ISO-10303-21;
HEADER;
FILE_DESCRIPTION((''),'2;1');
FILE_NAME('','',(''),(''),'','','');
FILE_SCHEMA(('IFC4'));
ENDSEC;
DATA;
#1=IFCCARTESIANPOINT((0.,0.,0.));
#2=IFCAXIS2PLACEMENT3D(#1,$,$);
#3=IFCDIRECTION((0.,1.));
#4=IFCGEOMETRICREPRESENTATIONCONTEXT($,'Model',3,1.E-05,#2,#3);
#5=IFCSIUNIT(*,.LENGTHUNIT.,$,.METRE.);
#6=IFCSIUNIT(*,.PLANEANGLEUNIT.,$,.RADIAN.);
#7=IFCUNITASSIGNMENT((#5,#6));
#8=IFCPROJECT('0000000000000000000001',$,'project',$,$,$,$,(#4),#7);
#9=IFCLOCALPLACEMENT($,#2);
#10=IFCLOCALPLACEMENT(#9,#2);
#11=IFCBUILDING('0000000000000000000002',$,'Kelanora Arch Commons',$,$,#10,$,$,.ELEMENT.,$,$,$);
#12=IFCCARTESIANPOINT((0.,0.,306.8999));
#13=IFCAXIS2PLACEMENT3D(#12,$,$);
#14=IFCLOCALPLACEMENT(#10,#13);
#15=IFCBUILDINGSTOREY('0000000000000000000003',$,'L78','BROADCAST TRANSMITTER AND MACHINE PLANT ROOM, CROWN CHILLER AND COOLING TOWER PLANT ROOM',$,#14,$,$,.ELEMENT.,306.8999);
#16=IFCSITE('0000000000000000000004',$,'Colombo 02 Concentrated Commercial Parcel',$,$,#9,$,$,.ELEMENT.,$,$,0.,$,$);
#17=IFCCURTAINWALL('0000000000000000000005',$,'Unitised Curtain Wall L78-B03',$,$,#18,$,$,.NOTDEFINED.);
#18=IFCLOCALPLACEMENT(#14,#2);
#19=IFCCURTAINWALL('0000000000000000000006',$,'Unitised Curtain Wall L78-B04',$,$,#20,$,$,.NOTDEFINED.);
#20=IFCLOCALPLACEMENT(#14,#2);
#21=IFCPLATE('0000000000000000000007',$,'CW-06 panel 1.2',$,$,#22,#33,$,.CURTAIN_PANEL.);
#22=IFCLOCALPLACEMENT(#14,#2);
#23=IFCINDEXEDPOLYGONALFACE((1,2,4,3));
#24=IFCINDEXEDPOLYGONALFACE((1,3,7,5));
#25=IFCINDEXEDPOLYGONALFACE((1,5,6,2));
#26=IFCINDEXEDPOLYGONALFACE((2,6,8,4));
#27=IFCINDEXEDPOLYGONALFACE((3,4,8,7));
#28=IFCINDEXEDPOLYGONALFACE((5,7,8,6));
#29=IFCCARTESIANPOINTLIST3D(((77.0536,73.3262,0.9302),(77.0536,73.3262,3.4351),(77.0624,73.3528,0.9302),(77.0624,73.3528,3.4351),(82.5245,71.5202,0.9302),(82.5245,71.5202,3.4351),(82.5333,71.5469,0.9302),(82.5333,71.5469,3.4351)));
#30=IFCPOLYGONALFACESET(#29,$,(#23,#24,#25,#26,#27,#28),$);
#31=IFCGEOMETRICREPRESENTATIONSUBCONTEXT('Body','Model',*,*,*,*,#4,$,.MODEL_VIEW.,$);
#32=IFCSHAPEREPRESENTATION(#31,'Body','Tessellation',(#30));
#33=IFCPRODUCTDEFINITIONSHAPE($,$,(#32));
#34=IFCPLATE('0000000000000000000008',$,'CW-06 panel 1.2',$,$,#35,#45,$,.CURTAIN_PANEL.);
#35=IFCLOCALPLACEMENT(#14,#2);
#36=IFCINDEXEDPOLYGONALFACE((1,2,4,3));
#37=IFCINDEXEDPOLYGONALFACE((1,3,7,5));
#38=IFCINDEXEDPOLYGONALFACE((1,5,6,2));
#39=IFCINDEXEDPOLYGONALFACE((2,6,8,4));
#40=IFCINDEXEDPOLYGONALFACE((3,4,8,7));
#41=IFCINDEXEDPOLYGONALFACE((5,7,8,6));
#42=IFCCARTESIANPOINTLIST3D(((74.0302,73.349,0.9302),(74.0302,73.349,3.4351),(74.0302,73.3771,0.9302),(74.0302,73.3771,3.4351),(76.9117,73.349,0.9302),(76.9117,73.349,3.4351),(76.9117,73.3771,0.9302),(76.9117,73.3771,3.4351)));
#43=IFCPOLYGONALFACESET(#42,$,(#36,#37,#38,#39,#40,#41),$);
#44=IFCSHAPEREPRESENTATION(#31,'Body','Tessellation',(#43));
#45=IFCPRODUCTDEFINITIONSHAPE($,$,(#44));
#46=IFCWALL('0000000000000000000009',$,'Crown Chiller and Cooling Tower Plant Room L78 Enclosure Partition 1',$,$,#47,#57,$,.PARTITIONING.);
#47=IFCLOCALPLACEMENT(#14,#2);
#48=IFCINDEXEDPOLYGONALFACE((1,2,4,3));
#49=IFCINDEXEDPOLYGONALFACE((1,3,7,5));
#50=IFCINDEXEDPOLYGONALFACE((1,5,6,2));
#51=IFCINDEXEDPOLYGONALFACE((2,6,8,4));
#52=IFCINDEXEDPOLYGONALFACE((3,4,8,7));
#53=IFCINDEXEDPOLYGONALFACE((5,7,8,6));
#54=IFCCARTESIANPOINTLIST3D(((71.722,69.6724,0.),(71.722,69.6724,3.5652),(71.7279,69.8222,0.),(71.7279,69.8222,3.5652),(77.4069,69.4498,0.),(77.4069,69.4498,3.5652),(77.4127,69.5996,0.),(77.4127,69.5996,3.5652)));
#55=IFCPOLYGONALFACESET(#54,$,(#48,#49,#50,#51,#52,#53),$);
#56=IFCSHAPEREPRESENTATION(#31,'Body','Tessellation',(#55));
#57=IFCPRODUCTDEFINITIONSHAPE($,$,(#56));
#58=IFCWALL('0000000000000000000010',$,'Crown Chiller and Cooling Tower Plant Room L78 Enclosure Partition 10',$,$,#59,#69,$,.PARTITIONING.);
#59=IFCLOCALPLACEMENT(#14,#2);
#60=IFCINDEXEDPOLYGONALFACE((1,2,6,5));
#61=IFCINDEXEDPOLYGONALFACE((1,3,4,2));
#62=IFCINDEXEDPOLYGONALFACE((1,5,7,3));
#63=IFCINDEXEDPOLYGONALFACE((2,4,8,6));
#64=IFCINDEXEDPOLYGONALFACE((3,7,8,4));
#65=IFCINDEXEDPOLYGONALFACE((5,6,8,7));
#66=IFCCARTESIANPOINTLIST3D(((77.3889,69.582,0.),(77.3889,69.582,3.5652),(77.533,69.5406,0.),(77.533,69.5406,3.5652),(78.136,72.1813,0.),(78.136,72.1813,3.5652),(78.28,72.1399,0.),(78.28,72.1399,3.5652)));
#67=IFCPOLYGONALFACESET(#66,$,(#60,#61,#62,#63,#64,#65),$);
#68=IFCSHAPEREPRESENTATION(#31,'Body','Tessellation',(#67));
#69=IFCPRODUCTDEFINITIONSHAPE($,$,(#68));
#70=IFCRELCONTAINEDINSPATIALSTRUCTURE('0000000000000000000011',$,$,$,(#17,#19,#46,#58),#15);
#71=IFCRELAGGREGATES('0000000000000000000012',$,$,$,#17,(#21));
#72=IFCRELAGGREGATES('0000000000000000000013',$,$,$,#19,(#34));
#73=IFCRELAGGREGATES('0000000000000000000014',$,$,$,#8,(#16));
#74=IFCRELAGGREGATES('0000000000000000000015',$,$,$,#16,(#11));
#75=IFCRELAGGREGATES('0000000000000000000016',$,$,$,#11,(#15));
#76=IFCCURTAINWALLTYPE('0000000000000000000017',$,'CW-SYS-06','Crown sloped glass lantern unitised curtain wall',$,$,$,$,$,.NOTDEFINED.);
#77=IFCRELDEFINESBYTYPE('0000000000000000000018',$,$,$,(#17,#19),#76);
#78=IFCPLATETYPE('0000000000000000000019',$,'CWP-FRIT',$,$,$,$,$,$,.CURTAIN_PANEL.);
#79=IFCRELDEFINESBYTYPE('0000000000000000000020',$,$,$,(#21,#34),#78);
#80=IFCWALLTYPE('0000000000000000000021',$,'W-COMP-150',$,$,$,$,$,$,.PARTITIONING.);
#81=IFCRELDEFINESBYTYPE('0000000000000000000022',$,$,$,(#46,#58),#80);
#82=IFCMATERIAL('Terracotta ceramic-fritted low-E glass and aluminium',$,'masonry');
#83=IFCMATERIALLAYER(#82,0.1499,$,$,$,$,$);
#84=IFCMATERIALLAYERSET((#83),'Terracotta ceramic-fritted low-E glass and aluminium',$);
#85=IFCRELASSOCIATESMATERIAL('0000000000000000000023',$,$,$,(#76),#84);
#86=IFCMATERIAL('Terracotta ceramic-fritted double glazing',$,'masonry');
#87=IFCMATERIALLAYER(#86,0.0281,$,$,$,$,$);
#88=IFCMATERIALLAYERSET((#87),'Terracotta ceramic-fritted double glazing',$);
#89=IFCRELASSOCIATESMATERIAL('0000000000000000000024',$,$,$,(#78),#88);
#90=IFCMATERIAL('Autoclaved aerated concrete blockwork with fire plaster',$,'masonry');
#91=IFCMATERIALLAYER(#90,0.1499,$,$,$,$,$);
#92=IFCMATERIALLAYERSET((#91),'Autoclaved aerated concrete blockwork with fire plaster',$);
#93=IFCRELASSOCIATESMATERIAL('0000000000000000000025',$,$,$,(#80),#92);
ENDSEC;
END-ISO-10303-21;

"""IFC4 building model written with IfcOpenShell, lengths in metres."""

from ifc_helpers import new_model, si_unit, direction, frame, frame_2d, origin, origin_2d, place, context, subcontext, project, spatial, rectangle, extrude, source, transform, mapped, material, layer, layer_set, type_object, element, aggregate, save


model = new_model("IFC4")

# Units and contexts
model_context = context("Model", 3, precision=1e-05, world=origin(), true_north=direction((0.0, 1.0)))
body_context = subcontext(model_context, "Body", "Model", "MODEL_VIEW")
ifc_project = project(units=[si_unit("LENGTHUNIT", "METRE"), si_unit("PLANEANGLEUNIT", "RADIAN")], contexts=[model_context])

# Site, building, storey
site_placement = place(None, origin())
site = spatial("IfcSite", under=ifc_project, at=site_placement, Name="Colombo 02 Concentrated Commercial Parcel", CompositionType="ELEMENT", RefElevation=0.0)
building_placement = place(site_placement, origin())
building = spatial("IfcBuilding", under=site, at=building_placement, Name="Kelanora Arch Commons", CompositionType="ELEMENT")
storey_placement = place(building_placement, frame((0.0, 0.0, 306.8999)))
storey = spatial("IfcBuildingStorey", under=building, at=storey_placement, Name="L78", Description="BROADCAST TRANSMITTER AND MACHINE PLANT ROOM, CROWN CHILLER AND COOLING TOWER PLANT ROOM", CompositionType="ELEMENT", Elevation=306.8999)

# Curtain wall
ifc_material_1 = material(Name="Terracotta ceramic-fritted low-E glass and aluminium", Category="masonry")
ifc_layer_1 = layer(ifc_material_1, 0.1499)
ifc_layer_set_1 = layer_set([ifc_layer_1], Name="Terracotta ceramic-fritted low-E glass and aluminium")
curtain_wall_type = type_object("IfcCurtainWallType", Name="CW-SYS-06", Description="Crown sloped glass lantern unitised curtain wall", PredefinedType="NOTDEFINED", material=ifc_layer_set_1)
curtain_wall_1_placement = place(storey_placement, origin())
curtain_wall_1 = element("IfcCurtainWall", 1, at=curtain_wall_1_placement, inside=storey, type_object=curtain_wall_type, Name="Unitised Curtain Wall L78-B03", PredefinedType="NOTDEFINED")

# Curtain wall
curtain_wall_2_placement = place(storey_placement, origin())
curtain_wall_2 = element("IfcCurtainWall", 2, at=curtain_wall_2_placement, inside=storey, type_object=curtain_wall_type, Name="Unitised Curtain Wall L78-B04", PredefinedType="NOTDEFINED")

# Plates
ifc_material_2 = material(Name="Terracotta ceramic-fritted double glazing", Category="masonry")
ifc_layer_2 = layer(ifc_material_2, 0.0281)
ifc_layer_set_2 = layer_set([ifc_layer_2], Name="Terracotta ceramic-fritted double glazing")
plate_type = type_object("IfcPlateType", Name="CWP-FRIT", PredefinedType="CURTAIN_PANEL", material=ifc_layer_set_2)
shared_shape_1 = source(origin(), body_context, "Body", "SweptSolid", [
    extrude(rectangle(XDim=5.7612, YDim=0.0281, at=origin_2d()), origin(), (0.0, 0.0, 1.0), 2.5049),
])
plate_1_placement = place(storey_placement, frame((79.7935, 72.4365, 0.9302), z_axis=(0.0, 0.0, 1.0), x_axis=(-0.949599, 0.313467, 0.0)))
plate_1 = element("IfcPlate", 3, at=plate_1_placement, type_object=plate_type, Name="CW-06 panel 1.2", PredefinedType="CURTAIN_PANEL", context=body_context, shape_type="MappedRepresentation", body=[
    mapped(shared_shape_1, transform((0.0, 0.0, 0.0), scale=1.0)),
])
aggregate(curtain_wall_1, [plate_1])
shared_shape_2 = source(origin(), body_context, "Body", "SweptSolid", [
    extrude(rectangle(XDim=2.8816, YDim=0.0281, at=origin_2d()), origin(), (0.0, 0.0, 1.0), 2.5049),
])
plate_2_placement = place(storey_placement, frame((75.4709, 73.363, 0.9302), z_axis=(0.0, 0.0, 1.0), x_axis=(-1.0, 0.0, 0.0)))
plate_2 = element("IfcPlate", 4, at=plate_2_placement, type_object=plate_type, Name="CW-06 panel 1.2", PredefinedType="CURTAIN_PANEL", context=body_context, shape_type="MappedRepresentation", body=[
    mapped(shared_shape_2, transform((0.0, 0.0, 0.0), scale=1.0)),
])
aggregate(curtain_wall_2, [plate_2])

# Walls
ifc_material_3 = material(Name="Autoclaved aerated concrete blockwork with fire plaster", Category="masonry")
ifc_layer_3 = layer(ifc_material_3, 0.1499)
ifc_layer_set_3 = layer_set([ifc_layer_3], Name="Autoclaved aerated concrete blockwork with fire plaster")
wall_type = type_object("IfcWallType", Name="W-COMP-150", PredefinedType="PARTITIONING", material=ifc_layer_set_3)
wall_1_placement = place(storey_placement, frame((77.4099, 69.5247, 0.0), z_axis=(0.0, 0.0, 1.0), x_axis=(-0.999234, 0.039137, 0.0)))
element("IfcWall", 5, at=wall_1_placement, inside=storey, type_object=wall_type, Name="Crown Chiller and Cooling Tower Plant Room L78 Enclosure Partition 1", PredefinedType="PARTITIONING", context=body_context, shape_type="SweptSolid", body=[
    extrude(rectangle(XDim=5.6892, YDim=0.1499, at=frame_2d((2.8447, 0.0))), origin(), (0.0, 0.0, 1.0), 3.5652),
])
wall_2_placement = place(storey_placement, frame((78.208, 72.1606, 0.0), z_axis=(0.0, 0.0, 1.0), x_axis=(-0.276223, -0.961094, 0.0)))
element("IfcWall", 6, at=wall_2_placement, inside=storey, type_object=wall_type, Name="Crown Chiller and Cooling Tower Plant Room L78 Enclosure Partition 10", PredefinedType="PARTITIONING", context=body_context, shape_type="SweptSolid", body=[
    extrude(rectangle(XDim=2.7046, YDim=0.1499, at=frame_2d((1.3523, 0.0))), origin(), (0.0, 0.0, 1.0), 3.5652),
])

save(model, "model.ifc")
